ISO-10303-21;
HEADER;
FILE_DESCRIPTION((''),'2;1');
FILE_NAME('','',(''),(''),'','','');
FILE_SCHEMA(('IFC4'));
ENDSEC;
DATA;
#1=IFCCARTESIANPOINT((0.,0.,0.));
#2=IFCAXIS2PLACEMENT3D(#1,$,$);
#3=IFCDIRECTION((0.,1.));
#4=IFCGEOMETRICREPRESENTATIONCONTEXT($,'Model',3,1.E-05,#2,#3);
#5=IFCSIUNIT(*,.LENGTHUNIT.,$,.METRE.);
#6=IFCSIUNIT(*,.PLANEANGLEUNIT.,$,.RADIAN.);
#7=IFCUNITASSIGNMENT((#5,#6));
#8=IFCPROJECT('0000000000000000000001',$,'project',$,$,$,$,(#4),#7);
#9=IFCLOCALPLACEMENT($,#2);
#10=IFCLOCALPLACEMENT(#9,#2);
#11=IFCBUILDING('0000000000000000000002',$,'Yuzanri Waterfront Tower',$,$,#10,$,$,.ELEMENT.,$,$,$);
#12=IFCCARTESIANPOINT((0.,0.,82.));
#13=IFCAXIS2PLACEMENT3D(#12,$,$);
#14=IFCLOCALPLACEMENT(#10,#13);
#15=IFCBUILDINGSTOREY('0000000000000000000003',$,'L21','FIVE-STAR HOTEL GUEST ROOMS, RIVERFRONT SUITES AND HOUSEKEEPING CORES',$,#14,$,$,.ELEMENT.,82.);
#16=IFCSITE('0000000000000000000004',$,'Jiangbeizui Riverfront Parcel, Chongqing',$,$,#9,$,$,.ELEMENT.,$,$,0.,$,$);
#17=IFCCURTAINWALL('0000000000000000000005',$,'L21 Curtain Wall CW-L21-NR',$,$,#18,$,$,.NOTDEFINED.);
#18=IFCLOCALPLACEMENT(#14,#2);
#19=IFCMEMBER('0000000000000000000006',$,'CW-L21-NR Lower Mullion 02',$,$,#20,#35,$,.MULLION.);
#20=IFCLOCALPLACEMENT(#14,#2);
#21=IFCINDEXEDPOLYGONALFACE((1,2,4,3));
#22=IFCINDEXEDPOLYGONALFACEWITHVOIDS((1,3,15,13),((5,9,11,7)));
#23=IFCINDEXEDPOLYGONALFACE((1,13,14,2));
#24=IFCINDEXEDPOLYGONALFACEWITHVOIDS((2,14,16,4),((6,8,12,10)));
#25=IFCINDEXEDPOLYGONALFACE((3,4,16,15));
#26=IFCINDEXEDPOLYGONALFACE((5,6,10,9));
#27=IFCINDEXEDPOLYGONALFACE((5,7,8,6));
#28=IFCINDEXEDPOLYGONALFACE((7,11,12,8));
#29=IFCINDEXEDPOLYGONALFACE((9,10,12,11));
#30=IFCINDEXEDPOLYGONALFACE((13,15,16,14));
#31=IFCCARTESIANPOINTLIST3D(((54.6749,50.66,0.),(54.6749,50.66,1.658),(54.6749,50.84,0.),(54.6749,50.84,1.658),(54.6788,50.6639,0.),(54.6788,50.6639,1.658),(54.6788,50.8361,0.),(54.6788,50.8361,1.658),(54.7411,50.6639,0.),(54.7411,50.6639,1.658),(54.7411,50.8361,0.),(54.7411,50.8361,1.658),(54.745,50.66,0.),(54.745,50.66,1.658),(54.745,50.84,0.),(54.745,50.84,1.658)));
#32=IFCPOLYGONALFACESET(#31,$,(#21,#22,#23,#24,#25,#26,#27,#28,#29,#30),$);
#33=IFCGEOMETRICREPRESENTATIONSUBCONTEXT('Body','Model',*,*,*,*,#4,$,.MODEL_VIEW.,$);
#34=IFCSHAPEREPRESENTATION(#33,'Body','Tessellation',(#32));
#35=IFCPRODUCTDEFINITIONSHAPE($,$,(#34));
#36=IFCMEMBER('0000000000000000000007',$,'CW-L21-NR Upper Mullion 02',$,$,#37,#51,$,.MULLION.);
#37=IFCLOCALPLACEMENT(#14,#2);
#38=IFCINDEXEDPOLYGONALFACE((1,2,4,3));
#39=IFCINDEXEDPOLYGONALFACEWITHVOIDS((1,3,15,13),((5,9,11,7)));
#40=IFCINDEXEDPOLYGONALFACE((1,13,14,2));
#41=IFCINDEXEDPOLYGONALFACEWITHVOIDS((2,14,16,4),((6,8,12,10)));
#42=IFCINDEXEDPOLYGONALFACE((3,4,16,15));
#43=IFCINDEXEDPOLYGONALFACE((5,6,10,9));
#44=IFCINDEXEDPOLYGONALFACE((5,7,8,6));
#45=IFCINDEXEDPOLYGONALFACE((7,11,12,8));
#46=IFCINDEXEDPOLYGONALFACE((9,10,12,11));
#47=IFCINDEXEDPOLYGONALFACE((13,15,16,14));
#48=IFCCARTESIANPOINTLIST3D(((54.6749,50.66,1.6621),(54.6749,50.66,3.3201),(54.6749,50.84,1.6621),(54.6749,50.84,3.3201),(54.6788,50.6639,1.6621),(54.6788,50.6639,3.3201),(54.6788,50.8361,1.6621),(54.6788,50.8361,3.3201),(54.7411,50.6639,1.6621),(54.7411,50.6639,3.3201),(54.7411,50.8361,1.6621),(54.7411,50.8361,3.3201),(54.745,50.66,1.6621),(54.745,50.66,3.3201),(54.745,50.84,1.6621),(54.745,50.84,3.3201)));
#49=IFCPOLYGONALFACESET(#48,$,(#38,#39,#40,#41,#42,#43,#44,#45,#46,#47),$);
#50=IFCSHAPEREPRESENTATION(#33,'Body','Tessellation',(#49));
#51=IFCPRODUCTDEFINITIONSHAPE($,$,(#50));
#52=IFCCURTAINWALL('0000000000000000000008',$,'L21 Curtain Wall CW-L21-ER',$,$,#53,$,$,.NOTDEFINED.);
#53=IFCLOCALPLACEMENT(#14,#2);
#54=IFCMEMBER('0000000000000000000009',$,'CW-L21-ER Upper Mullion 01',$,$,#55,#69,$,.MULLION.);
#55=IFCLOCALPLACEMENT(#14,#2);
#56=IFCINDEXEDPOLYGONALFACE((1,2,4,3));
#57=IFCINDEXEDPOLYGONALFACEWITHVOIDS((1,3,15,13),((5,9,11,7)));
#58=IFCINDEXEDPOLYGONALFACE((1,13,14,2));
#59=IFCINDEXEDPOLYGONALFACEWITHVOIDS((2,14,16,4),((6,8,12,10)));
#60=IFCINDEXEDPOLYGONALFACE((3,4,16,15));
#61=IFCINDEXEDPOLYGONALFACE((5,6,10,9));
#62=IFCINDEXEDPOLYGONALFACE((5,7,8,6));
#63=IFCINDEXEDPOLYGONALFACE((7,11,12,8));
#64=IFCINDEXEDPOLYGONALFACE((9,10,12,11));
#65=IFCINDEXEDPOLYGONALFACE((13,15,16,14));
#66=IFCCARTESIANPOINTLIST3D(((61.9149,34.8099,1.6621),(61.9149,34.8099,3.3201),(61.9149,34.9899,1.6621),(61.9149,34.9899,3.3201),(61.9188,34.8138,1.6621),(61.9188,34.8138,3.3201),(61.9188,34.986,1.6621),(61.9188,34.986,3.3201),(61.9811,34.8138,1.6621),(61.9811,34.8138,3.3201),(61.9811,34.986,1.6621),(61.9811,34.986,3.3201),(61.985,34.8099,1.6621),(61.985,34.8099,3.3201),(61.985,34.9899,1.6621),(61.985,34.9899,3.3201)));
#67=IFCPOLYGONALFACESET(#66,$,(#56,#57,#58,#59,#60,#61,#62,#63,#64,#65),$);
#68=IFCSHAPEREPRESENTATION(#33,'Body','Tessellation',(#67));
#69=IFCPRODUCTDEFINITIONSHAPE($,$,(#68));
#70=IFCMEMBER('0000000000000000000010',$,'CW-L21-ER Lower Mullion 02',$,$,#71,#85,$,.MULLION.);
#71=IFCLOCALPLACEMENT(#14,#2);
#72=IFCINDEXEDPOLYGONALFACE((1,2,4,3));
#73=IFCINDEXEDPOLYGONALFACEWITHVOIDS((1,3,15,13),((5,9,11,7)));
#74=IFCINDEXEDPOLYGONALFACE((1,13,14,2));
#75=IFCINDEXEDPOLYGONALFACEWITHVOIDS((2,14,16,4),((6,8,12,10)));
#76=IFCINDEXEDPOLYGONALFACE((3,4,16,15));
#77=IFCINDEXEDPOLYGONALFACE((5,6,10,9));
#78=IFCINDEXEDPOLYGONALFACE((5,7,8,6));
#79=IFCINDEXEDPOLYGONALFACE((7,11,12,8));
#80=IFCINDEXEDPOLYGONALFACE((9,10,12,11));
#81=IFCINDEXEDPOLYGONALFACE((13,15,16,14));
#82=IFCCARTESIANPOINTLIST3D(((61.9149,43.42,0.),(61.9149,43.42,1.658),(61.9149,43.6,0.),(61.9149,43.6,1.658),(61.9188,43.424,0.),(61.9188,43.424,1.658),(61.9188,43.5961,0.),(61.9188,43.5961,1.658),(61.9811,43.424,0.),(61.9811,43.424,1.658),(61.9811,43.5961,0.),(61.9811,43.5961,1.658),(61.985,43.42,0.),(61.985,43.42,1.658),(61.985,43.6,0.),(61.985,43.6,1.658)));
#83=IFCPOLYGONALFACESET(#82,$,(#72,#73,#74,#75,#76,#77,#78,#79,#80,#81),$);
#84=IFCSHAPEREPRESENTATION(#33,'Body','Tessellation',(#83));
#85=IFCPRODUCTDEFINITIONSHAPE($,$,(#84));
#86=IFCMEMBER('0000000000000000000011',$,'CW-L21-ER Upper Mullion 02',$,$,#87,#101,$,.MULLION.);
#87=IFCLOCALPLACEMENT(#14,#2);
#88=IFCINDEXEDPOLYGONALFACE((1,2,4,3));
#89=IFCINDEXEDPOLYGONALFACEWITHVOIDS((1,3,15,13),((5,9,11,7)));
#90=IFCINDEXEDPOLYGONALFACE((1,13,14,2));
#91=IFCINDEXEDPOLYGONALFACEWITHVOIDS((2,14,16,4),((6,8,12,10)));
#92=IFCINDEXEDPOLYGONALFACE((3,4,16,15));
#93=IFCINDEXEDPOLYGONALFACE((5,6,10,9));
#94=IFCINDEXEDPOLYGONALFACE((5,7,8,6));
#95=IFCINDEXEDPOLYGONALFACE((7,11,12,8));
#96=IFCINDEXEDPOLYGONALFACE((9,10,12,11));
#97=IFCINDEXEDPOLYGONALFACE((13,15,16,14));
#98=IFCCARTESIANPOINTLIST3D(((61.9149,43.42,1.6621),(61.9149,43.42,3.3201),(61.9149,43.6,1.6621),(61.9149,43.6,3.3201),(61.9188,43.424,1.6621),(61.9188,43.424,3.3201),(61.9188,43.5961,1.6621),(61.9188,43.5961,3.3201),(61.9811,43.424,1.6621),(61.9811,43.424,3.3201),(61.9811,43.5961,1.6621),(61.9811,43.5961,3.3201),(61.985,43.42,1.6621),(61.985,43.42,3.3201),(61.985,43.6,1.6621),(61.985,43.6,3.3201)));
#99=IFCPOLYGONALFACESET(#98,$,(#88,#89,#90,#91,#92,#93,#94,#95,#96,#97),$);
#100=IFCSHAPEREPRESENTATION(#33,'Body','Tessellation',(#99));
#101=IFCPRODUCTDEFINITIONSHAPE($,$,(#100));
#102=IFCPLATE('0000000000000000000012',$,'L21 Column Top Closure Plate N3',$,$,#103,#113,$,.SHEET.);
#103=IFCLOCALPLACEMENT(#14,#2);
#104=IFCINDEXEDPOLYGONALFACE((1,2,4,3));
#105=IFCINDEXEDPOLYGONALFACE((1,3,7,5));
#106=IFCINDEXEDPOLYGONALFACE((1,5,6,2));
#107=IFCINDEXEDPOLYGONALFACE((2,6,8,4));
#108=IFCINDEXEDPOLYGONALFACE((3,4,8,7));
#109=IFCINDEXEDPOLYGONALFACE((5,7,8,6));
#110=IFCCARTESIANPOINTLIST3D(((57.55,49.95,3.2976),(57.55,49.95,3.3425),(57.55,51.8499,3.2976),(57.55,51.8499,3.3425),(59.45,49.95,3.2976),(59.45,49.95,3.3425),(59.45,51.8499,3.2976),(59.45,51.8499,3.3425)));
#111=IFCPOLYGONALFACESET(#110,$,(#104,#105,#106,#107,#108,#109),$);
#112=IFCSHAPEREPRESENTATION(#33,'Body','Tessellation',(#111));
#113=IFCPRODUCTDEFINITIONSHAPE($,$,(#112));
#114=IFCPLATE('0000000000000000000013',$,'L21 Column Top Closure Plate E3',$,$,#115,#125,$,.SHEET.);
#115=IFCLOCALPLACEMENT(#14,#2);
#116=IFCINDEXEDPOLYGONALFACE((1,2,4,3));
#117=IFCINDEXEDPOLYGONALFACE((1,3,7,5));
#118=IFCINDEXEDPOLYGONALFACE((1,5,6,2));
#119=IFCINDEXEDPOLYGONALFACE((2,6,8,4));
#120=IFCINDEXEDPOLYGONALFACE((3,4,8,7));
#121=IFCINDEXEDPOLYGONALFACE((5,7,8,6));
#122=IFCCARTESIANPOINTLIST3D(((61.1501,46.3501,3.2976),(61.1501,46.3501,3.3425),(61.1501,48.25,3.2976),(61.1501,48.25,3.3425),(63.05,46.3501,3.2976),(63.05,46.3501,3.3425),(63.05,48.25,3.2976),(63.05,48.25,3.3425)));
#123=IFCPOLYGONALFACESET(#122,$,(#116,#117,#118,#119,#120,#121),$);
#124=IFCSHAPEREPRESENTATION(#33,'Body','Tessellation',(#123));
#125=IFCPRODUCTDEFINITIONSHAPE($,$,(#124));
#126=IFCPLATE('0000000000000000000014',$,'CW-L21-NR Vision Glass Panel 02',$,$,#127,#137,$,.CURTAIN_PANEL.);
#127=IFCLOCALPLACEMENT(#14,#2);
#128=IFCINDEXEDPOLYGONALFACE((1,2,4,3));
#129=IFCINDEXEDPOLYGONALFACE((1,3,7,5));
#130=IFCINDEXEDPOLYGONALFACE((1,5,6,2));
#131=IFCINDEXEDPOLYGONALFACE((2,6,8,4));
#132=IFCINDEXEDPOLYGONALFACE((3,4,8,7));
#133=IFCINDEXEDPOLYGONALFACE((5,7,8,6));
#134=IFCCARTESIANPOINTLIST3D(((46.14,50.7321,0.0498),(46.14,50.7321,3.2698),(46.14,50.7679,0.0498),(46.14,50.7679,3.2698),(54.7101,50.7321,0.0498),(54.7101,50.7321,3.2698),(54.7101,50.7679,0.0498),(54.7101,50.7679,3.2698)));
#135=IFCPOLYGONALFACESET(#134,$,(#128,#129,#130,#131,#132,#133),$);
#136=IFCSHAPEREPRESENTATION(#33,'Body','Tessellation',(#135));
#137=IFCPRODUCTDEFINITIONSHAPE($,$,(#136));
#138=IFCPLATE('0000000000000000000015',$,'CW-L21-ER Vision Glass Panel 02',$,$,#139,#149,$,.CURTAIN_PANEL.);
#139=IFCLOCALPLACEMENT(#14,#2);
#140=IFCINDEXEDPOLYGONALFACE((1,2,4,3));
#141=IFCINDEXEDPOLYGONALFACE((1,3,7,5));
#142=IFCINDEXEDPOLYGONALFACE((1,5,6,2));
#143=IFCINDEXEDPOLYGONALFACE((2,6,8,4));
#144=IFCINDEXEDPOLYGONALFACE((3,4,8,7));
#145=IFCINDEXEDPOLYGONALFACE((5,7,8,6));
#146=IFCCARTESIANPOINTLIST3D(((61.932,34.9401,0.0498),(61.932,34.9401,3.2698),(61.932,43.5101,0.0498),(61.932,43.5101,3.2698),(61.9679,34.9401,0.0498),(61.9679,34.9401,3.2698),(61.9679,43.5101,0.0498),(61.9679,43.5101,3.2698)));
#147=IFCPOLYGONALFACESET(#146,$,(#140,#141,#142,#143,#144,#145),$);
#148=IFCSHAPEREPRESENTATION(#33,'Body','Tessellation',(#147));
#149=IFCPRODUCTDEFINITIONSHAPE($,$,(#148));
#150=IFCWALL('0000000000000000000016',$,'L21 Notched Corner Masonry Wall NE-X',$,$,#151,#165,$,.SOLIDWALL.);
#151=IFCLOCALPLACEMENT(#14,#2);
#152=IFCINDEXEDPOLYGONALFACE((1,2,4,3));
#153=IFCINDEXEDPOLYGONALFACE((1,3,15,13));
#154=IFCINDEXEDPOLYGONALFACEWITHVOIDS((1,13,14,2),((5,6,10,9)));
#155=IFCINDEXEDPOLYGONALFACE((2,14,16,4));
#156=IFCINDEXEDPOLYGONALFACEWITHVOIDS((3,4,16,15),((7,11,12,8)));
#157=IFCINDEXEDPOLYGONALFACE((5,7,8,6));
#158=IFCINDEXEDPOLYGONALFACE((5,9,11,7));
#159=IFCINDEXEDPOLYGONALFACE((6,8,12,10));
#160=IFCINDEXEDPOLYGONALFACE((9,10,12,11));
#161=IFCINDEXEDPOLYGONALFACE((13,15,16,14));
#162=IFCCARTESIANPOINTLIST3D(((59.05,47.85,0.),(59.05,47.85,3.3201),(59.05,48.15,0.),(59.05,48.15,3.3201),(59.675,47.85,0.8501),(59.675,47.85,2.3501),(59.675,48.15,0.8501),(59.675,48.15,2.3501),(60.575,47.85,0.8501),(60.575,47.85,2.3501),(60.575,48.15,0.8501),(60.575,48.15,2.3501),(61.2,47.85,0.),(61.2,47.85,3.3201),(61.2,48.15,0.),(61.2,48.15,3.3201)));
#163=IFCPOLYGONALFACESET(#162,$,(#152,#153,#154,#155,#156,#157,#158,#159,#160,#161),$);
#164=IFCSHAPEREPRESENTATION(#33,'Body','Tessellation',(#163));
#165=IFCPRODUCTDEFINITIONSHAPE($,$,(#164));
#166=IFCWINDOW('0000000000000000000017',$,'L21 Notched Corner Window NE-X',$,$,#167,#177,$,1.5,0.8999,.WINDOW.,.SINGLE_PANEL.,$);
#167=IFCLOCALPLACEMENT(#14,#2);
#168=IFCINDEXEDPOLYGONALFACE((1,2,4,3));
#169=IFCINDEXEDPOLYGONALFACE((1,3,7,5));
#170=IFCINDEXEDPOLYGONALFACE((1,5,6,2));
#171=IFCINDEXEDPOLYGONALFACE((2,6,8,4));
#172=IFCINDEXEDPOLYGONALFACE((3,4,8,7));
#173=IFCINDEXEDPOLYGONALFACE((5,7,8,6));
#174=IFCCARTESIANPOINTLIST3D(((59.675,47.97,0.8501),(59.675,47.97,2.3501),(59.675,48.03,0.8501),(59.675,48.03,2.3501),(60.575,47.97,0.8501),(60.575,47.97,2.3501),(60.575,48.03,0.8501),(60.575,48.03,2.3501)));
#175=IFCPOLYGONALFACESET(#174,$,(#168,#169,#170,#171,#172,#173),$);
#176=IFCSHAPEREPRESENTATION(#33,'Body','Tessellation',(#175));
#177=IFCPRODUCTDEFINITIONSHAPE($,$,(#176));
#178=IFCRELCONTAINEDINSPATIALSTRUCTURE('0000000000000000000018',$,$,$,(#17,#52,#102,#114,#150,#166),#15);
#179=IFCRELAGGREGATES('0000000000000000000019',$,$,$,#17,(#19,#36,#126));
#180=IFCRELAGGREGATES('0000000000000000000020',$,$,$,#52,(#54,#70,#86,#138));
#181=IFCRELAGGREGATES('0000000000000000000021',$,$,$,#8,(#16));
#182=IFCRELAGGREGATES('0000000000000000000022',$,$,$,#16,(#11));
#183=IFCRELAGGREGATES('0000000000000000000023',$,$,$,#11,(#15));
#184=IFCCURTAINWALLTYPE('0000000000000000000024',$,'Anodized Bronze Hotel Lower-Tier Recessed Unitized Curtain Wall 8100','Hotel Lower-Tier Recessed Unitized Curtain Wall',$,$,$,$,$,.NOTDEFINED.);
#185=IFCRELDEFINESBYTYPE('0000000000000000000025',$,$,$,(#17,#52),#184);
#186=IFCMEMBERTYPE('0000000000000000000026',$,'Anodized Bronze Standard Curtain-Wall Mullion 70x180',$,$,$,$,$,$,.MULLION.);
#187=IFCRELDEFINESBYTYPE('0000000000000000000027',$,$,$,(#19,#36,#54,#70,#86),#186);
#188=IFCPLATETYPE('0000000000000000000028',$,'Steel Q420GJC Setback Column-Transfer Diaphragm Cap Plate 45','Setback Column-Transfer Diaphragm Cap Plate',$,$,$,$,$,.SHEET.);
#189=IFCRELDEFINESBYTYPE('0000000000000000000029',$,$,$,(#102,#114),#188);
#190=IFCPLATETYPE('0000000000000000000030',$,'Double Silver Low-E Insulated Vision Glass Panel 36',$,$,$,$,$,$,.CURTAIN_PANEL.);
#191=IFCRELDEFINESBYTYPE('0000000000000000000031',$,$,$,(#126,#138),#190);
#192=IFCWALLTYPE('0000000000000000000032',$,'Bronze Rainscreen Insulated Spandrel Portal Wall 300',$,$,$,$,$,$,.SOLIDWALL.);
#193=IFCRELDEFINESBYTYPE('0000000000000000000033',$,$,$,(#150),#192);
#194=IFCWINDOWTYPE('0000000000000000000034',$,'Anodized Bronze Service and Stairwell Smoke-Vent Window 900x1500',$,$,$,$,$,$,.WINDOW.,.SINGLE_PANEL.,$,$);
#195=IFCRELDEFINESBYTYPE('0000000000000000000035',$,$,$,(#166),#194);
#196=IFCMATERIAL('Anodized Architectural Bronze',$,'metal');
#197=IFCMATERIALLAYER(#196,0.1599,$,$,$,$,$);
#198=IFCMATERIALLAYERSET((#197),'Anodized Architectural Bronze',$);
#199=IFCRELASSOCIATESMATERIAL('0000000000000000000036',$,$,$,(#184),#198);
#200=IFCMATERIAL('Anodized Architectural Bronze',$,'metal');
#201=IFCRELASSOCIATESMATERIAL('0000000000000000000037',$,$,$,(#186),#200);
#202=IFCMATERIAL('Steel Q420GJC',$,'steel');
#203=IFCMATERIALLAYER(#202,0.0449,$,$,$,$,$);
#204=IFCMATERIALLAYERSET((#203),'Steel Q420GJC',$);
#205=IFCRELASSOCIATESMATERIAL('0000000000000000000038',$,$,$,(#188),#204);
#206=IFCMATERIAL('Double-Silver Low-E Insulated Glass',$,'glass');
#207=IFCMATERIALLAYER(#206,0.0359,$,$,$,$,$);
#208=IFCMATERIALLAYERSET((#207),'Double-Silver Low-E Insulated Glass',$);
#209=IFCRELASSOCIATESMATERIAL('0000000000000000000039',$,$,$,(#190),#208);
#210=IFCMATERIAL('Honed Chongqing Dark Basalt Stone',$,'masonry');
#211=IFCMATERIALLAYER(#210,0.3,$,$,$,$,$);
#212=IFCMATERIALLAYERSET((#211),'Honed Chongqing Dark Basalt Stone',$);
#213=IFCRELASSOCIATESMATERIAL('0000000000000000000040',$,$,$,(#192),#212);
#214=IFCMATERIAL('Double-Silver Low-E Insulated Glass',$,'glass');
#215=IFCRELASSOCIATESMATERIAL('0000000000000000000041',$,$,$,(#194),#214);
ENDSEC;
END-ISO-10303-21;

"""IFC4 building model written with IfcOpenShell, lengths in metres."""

from ifc_helpers import new_model, si_unit, direction, frame, frame_2d, origin, origin_2d, place, context, subcontext, project, spatial, rectangle, hollow_rectangle, extrude, source, transform, mapped, material, layer, layer_set, material_profile, profile_set, type_object, element, fill, aggregate, save


model = new_model("IFC4")

# Units and contexts
model_context = context("Model", 3, precision=1e-05, world=origin(), true_north=direction((0.0, 1.0)))
body_context = subcontext(model_context, "Body", "Model", "MODEL_VIEW")
ifc_project = project(units=[si_unit("LENGTHUNIT", "METRE"), si_unit("PLANEANGLEUNIT", "RADIAN")], contexts=[model_context])

# Site, building, storey
site_placement = place(None, origin())
site = spatial("IfcSite", under=ifc_project, at=site_placement, Name="Jiangbeizui Riverfront Parcel, Chongqing", CompositionType="ELEMENT", RefElevation=0.0)
building_placement = place(site_placement, origin())
building = spatial("IfcBuilding", under=site, at=building_placement, Name="Yuzanri Waterfront Tower", CompositionType="ELEMENT")
storey_placement = place(building_placement, frame((0.0, 0.0, 82.0)))
storey = spatial("IfcBuildingStorey", under=building, at=storey_placement, Name="L21", Description="FIVE-STAR HOTEL GUEST ROOMS, RIVERFRONT SUITES AND HOUSEKEEPING CORES", CompositionType="ELEMENT", Elevation=82.0)

# Curtain walls, members
ifc_material_1 = material(Name="Anodized Architectural Bronze", Category="metal")
ifc_layer_1 = layer(ifc_material_1, 0.1599)
ifc_layer_set_1 = layer_set([ifc_layer_1], Name="Anodized Architectural Bronze")
curtain_wall_type = type_object("IfcCurtainWallType", Name="Anodized Bronze Hotel Lower-Tier Recessed Unitized Curtain Wall 8100", Description="Hotel Lower-Tier Recessed Unitized Curtain Wall", PredefinedType="NOTDEFINED", material=ifc_layer_set_1)
curtain_wall_1_placement = place(storey_placement, origin())
curtain_wall_1 = element("IfcCurtainWall", 1, at=curtain_wall_1_placement, inside=storey, type_object=curtain_wall_type, Name="L21 Curtain Wall CW-L21-NR", PredefinedType="NOTDEFINED")
ifc_material_2 = material(Name="Anodized Architectural Bronze", Category="metal")
ifc_material_profile_1 = material_profile(ifc_material_2, hollow_rectangle(XDim=0.0701, YDim=0.1799, WallThickness=0.0039, at=origin_2d()), Name="CWM 70x180")
ifc_profile_set_1 = profile_set([ifc_material_profile_1], Name="Anodized Architectural Bronze")
member_type = type_object("IfcMemberType", Name="Anodized Bronze Standard Curtain-Wall Mullion 70x180", PredefinedType="MULLION", material=ifc_profile_set_1)
shared_shape_1 = source(origin(), body_context, "Body", "SweptSolid", [
    extrude(hollow_rectangle(XDim=0.0701, YDim=0.1799, WallThickness=0.0039, at=origin_2d()), origin(), (0.0, 0.0, 1.0), 1.658),
])
member_1_placement = place(storey_placement, frame((54.71, 50.75, 0.0), z_axis=(0.0, 0.0, 1.0), x_axis=(1.0, 0.0, 0.0)))
member_1 = element("IfcMember", 2, at=member_1_placement, type_object=member_type, Name="CW-L21-NR Lower Mullion 02", PredefinedType="MULLION", context=body_context, shape_type="MappedRepresentation", body=[
    mapped(shared_shape_1, transform((0.0, 0.0, 0.0), scale=1.0)),
])
member_2_placement = place(storey_placement, frame((54.71, 50.75, 1.6621), z_axis=(0.0, 0.0, 1.0), x_axis=(1.0, 0.0, 0.0)))
member_2 = element("IfcMember", 3, at=member_2_placement, type_object=member_type, Name="CW-L21-NR Upper Mullion 02", PredefinedType="MULLION", context=body_context, shape_type="MappedRepresentation", body=[
    mapped(shared_shape_1, transform((0.0, 0.0, 0.0), scale=1.0)),
])
curtain_wall_2_placement = place(storey_placement, origin())
curtain_wall_2 = element("IfcCurtainWall", 4, at=curtain_wall_2_placement, inside=storey, type_object=curtain_wall_type, Name="L21 Curtain Wall CW-L21-ER", PredefinedType="NOTDEFINED")
member_3_placement = place(storey_placement, frame((61.95, 34.8999, 1.6621), z_axis=(0.0, 0.0, 1.0), x_axis=(1.0, 0.0, 0.0)))
member_3 = element("IfcMember", 5, at=member_3_placement, type_object=member_type, Name="CW-L21-ER Upper Mullion 01", PredefinedType="MULLION", context=body_context, shape_type="MappedRepresentation", body=[
    mapped(shared_shape_1, transform((0.0, 0.0, 0.0), scale=1.0)),
])
member_4_placement = place(storey_placement, frame((61.95, 43.51, 0.0), z_axis=(0.0, 0.0, 1.0), x_axis=(1.0, 0.0, 0.0)))
member_4 = element("IfcMember", 6, at=member_4_placement, type_object=member_type, Name="CW-L21-ER Lower Mullion 02", PredefinedType="MULLION", context=body_context, shape_type="MappedRepresentation", body=[
    mapped(shared_shape_1, transform((0.0, 0.0, 0.0), scale=1.0)),
])
member_5_placement = place(storey_placement, frame((61.95, 43.51, 1.6621), z_axis=(0.0, 0.0, 1.0), x_axis=(1.0, 0.0, 0.0)))
member_5 = element("IfcMember", 7, at=member_5_placement, type_object=member_type, Name="CW-L21-ER Upper Mullion 02", PredefinedType="MULLION", context=body_context, shape_type="MappedRepresentation", body=[
    mapped(shared_shape_1, transform((0.0, 0.0, 0.0), scale=1.0)),
])

# Plates
ifc_material_3 = material(Name="Steel Q420GJC", Category="steel")
ifc_layer_2 = layer(ifc_material_3, 0.0449)
ifc_layer_set_2 = layer_set([ifc_layer_2], Name="Steel Q420GJC")
plate_type_1 = type_object("IfcPlateType", Name="Steel Q420GJC Setback Column-Transfer Diaphragm Cap Plate 45", Description="Setback Column-Transfer Diaphragm Cap Plate", PredefinedType="SHEET", material=ifc_layer_set_2)
shared_shape_2 = source(origin(), body_context, "Body", "SweptSolid", [
    extrude(rectangle(XDim=1.8999, YDim=1.8999, at=origin_2d()), origin(), (0.0, 0.0, 1.0), 0.0449),
])
for number, where, z_axis, x_axis, name in (
    (8, (58.5, 50.8999, 3.2976), (0.0, 0.0, 1.0), (1.0, 0.0, 0.0), "L21 Column Top Closure Plate N3"),
    (9, (62.1001, 47.3, 3.2976), (0.0, 0.0, 1.0), (1.0, 0.0, 0.0), "L21 Column Top Closure Plate E3"),
):
    element("IfcPlate", number, at=place(storey_placement, frame(where, z_axis=z_axis, x_axis=x_axis)), inside=storey, type_object=plate_type_1, Name=name, PredefinedType="SHEET", context=body_context, shape_type="MappedRepresentation", body=[
        mapped(shared_shape_2, transform((0.0, 0.0, 0.0), scale=1.0)),
    ])

# Plates
ifc_material_4 = material(Name="Double-Silver Low-E Insulated Glass", Category="glass")
ifc_layer_3 = layer(ifc_material_4, 0.0359)
ifc_layer_set_3 = layer_set([ifc_layer_3], Name="Double-Silver Low-E Insulated Glass")
plate_type_2 = type_object("IfcPlateType", Name="Double Silver Low-E Insulated Vision Glass Panel 36", PredefinedType="CURTAIN_PANEL", material=ifc_layer_set_3)
shared_shape_3 = source(origin(), body_context, "Body", "SweptSolid", [
    extrude(rectangle(XDim=8.5701, YDim=0.0359, at=origin_2d()), origin(), (0.0, 0.0, 1.0), 3.22),
])
plate_1_placement = place(storey_placement, frame((50.425, 50.75, 0.0498), z_axis=(0.0, 0.0, 1.0), x_axis=(1.0, 0.0, 0.0)))
plate_1 = element("IfcPlate", 10, at=plate_1_placement, type_object=plate_type_2, Name="CW-L21-NR Vision Glass Panel 02", PredefinedType="CURTAIN_PANEL", context=body_context, shape_type="MappedRepresentation", body=[
    mapped(shared_shape_3, transform((0.0, 0.0, 0.0), scale=1.0)),
])
aggregate(curtain_wall_1, [member_1, member_2, plate_1])
plate_2_placement = place(storey_placement, frame((61.95, 39.2251, 0.0498), z_axis=(0.0, 0.0, 1.0), x_axis=(0.0, 1.0, 0.0)))
plate_2 = element("IfcPlate", 11, at=plate_2_placement, type_object=plate_type_2, Name="CW-L21-ER Vision Glass Panel 02", PredefinedType="CURTAIN_PANEL", context=body_context, shape_type="MappedRepresentation", body=[
    mapped(shared_shape_3, transform((0.0, 0.0, 0.0), scale=1.0)),
])
aggregate(curtain_wall_2, [member_3, member_4, member_5, plate_2])

# Wall, opening, window
ifc_material_5 = material(Name="Honed Chongqing Dark Basalt Stone", Category="masonry")
ifc_layer_4 = layer(ifc_material_5, 0.3)
ifc_layer_set_4 = layer_set([ifc_layer_4], Name="Honed Chongqing Dark Basalt Stone")
wall_type = type_object("IfcWallType", Name="Bronze Rainscreen Insulated Spandrel Portal Wall 300", PredefinedType="SOLIDWALL", material=ifc_layer_set_4)
wall_1_placement = place(storey_placement, frame((61.2, 48.0, 0.0), z_axis=(0.0, 0.0, 1.0), x_axis=(-1.0, 0.0, 0.0)))
wall_1 = element("IfcWall", 12, at=wall_1_placement, inside=storey, type_object=wall_type, Name="L21 Notched Corner Masonry Wall NE-X", PredefinedType="SOLIDWALL", context=body_context, shape_type="SweptSolid", body=[
    extrude(rectangle(XDim=2.1499, YDim=0.3, at=frame_2d((1.075, 0.0))), origin(), (0.0, 0.0, 1.0), 3.3201),
])
opening_1_placement = place(wall_1_placement, frame((0.625, 0.0, 0.8501)))
opening_1 = element("IfcOpeningElement", 13, at=opening_1_placement, cuts=wall_1, PredefinedType="OPENING", context=body_context, shape_type="SweptSolid", body=[
    extrude(rectangle(XDim=0.8999, YDim=1.5, at=frame_2d((0.45, 0.75))), frame((0.0, 0.165, 0.0), z_axis=(0.0, -1.0, 0.0), x_axis=(1.0, 0.0, 0.0)), (0.0, 0.0, 1.0), 0.3298),
])
ifc_material_6 = material(Name="Double-Silver Low-E Insulated Glass", Category="glass")
window_type_1 = type_object("IfcWindowType", Name="Anodized Bronze Service and Stairwell Smoke-Vent Window 900x1500", PartitioningType="SINGLE_PANEL", PredefinedType="WINDOW", material=ifc_material_6)
shared_shape_4 = source(origin(), body_context, "Body", "SweptSolid", [
    extrude(rectangle(XDim=0.8999, YDim=1.5, at=frame_2d((0.45, 0.75))), frame((0.0, 0.03, 0.0), z_axis=(0.0, -1.0, 0.0), x_axis=(1.0, 0.0, 0.0)), (0.0, 0.0, 1.0), 0.0601),
])
window_1_placement = place(opening_1_placement, origin())
window_1 = element("IfcWindow", 14, at=window_1_placement, inside=storey, type_object=window_type_1, Name="L21 Notched Corner Window NE-X", OverallHeight=1.5, OverallWidth=0.8999, PartitioningType="SINGLE_PANEL", PredefinedType="WINDOW", context=body_context, shape_type="MappedRepresentation", body=[
    mapped(shared_shape_4, transform((0.0, 0.0, 0.0), scale=1.0)),
])
fill(opening_1, window_1)

save(model, "model.ifc")
